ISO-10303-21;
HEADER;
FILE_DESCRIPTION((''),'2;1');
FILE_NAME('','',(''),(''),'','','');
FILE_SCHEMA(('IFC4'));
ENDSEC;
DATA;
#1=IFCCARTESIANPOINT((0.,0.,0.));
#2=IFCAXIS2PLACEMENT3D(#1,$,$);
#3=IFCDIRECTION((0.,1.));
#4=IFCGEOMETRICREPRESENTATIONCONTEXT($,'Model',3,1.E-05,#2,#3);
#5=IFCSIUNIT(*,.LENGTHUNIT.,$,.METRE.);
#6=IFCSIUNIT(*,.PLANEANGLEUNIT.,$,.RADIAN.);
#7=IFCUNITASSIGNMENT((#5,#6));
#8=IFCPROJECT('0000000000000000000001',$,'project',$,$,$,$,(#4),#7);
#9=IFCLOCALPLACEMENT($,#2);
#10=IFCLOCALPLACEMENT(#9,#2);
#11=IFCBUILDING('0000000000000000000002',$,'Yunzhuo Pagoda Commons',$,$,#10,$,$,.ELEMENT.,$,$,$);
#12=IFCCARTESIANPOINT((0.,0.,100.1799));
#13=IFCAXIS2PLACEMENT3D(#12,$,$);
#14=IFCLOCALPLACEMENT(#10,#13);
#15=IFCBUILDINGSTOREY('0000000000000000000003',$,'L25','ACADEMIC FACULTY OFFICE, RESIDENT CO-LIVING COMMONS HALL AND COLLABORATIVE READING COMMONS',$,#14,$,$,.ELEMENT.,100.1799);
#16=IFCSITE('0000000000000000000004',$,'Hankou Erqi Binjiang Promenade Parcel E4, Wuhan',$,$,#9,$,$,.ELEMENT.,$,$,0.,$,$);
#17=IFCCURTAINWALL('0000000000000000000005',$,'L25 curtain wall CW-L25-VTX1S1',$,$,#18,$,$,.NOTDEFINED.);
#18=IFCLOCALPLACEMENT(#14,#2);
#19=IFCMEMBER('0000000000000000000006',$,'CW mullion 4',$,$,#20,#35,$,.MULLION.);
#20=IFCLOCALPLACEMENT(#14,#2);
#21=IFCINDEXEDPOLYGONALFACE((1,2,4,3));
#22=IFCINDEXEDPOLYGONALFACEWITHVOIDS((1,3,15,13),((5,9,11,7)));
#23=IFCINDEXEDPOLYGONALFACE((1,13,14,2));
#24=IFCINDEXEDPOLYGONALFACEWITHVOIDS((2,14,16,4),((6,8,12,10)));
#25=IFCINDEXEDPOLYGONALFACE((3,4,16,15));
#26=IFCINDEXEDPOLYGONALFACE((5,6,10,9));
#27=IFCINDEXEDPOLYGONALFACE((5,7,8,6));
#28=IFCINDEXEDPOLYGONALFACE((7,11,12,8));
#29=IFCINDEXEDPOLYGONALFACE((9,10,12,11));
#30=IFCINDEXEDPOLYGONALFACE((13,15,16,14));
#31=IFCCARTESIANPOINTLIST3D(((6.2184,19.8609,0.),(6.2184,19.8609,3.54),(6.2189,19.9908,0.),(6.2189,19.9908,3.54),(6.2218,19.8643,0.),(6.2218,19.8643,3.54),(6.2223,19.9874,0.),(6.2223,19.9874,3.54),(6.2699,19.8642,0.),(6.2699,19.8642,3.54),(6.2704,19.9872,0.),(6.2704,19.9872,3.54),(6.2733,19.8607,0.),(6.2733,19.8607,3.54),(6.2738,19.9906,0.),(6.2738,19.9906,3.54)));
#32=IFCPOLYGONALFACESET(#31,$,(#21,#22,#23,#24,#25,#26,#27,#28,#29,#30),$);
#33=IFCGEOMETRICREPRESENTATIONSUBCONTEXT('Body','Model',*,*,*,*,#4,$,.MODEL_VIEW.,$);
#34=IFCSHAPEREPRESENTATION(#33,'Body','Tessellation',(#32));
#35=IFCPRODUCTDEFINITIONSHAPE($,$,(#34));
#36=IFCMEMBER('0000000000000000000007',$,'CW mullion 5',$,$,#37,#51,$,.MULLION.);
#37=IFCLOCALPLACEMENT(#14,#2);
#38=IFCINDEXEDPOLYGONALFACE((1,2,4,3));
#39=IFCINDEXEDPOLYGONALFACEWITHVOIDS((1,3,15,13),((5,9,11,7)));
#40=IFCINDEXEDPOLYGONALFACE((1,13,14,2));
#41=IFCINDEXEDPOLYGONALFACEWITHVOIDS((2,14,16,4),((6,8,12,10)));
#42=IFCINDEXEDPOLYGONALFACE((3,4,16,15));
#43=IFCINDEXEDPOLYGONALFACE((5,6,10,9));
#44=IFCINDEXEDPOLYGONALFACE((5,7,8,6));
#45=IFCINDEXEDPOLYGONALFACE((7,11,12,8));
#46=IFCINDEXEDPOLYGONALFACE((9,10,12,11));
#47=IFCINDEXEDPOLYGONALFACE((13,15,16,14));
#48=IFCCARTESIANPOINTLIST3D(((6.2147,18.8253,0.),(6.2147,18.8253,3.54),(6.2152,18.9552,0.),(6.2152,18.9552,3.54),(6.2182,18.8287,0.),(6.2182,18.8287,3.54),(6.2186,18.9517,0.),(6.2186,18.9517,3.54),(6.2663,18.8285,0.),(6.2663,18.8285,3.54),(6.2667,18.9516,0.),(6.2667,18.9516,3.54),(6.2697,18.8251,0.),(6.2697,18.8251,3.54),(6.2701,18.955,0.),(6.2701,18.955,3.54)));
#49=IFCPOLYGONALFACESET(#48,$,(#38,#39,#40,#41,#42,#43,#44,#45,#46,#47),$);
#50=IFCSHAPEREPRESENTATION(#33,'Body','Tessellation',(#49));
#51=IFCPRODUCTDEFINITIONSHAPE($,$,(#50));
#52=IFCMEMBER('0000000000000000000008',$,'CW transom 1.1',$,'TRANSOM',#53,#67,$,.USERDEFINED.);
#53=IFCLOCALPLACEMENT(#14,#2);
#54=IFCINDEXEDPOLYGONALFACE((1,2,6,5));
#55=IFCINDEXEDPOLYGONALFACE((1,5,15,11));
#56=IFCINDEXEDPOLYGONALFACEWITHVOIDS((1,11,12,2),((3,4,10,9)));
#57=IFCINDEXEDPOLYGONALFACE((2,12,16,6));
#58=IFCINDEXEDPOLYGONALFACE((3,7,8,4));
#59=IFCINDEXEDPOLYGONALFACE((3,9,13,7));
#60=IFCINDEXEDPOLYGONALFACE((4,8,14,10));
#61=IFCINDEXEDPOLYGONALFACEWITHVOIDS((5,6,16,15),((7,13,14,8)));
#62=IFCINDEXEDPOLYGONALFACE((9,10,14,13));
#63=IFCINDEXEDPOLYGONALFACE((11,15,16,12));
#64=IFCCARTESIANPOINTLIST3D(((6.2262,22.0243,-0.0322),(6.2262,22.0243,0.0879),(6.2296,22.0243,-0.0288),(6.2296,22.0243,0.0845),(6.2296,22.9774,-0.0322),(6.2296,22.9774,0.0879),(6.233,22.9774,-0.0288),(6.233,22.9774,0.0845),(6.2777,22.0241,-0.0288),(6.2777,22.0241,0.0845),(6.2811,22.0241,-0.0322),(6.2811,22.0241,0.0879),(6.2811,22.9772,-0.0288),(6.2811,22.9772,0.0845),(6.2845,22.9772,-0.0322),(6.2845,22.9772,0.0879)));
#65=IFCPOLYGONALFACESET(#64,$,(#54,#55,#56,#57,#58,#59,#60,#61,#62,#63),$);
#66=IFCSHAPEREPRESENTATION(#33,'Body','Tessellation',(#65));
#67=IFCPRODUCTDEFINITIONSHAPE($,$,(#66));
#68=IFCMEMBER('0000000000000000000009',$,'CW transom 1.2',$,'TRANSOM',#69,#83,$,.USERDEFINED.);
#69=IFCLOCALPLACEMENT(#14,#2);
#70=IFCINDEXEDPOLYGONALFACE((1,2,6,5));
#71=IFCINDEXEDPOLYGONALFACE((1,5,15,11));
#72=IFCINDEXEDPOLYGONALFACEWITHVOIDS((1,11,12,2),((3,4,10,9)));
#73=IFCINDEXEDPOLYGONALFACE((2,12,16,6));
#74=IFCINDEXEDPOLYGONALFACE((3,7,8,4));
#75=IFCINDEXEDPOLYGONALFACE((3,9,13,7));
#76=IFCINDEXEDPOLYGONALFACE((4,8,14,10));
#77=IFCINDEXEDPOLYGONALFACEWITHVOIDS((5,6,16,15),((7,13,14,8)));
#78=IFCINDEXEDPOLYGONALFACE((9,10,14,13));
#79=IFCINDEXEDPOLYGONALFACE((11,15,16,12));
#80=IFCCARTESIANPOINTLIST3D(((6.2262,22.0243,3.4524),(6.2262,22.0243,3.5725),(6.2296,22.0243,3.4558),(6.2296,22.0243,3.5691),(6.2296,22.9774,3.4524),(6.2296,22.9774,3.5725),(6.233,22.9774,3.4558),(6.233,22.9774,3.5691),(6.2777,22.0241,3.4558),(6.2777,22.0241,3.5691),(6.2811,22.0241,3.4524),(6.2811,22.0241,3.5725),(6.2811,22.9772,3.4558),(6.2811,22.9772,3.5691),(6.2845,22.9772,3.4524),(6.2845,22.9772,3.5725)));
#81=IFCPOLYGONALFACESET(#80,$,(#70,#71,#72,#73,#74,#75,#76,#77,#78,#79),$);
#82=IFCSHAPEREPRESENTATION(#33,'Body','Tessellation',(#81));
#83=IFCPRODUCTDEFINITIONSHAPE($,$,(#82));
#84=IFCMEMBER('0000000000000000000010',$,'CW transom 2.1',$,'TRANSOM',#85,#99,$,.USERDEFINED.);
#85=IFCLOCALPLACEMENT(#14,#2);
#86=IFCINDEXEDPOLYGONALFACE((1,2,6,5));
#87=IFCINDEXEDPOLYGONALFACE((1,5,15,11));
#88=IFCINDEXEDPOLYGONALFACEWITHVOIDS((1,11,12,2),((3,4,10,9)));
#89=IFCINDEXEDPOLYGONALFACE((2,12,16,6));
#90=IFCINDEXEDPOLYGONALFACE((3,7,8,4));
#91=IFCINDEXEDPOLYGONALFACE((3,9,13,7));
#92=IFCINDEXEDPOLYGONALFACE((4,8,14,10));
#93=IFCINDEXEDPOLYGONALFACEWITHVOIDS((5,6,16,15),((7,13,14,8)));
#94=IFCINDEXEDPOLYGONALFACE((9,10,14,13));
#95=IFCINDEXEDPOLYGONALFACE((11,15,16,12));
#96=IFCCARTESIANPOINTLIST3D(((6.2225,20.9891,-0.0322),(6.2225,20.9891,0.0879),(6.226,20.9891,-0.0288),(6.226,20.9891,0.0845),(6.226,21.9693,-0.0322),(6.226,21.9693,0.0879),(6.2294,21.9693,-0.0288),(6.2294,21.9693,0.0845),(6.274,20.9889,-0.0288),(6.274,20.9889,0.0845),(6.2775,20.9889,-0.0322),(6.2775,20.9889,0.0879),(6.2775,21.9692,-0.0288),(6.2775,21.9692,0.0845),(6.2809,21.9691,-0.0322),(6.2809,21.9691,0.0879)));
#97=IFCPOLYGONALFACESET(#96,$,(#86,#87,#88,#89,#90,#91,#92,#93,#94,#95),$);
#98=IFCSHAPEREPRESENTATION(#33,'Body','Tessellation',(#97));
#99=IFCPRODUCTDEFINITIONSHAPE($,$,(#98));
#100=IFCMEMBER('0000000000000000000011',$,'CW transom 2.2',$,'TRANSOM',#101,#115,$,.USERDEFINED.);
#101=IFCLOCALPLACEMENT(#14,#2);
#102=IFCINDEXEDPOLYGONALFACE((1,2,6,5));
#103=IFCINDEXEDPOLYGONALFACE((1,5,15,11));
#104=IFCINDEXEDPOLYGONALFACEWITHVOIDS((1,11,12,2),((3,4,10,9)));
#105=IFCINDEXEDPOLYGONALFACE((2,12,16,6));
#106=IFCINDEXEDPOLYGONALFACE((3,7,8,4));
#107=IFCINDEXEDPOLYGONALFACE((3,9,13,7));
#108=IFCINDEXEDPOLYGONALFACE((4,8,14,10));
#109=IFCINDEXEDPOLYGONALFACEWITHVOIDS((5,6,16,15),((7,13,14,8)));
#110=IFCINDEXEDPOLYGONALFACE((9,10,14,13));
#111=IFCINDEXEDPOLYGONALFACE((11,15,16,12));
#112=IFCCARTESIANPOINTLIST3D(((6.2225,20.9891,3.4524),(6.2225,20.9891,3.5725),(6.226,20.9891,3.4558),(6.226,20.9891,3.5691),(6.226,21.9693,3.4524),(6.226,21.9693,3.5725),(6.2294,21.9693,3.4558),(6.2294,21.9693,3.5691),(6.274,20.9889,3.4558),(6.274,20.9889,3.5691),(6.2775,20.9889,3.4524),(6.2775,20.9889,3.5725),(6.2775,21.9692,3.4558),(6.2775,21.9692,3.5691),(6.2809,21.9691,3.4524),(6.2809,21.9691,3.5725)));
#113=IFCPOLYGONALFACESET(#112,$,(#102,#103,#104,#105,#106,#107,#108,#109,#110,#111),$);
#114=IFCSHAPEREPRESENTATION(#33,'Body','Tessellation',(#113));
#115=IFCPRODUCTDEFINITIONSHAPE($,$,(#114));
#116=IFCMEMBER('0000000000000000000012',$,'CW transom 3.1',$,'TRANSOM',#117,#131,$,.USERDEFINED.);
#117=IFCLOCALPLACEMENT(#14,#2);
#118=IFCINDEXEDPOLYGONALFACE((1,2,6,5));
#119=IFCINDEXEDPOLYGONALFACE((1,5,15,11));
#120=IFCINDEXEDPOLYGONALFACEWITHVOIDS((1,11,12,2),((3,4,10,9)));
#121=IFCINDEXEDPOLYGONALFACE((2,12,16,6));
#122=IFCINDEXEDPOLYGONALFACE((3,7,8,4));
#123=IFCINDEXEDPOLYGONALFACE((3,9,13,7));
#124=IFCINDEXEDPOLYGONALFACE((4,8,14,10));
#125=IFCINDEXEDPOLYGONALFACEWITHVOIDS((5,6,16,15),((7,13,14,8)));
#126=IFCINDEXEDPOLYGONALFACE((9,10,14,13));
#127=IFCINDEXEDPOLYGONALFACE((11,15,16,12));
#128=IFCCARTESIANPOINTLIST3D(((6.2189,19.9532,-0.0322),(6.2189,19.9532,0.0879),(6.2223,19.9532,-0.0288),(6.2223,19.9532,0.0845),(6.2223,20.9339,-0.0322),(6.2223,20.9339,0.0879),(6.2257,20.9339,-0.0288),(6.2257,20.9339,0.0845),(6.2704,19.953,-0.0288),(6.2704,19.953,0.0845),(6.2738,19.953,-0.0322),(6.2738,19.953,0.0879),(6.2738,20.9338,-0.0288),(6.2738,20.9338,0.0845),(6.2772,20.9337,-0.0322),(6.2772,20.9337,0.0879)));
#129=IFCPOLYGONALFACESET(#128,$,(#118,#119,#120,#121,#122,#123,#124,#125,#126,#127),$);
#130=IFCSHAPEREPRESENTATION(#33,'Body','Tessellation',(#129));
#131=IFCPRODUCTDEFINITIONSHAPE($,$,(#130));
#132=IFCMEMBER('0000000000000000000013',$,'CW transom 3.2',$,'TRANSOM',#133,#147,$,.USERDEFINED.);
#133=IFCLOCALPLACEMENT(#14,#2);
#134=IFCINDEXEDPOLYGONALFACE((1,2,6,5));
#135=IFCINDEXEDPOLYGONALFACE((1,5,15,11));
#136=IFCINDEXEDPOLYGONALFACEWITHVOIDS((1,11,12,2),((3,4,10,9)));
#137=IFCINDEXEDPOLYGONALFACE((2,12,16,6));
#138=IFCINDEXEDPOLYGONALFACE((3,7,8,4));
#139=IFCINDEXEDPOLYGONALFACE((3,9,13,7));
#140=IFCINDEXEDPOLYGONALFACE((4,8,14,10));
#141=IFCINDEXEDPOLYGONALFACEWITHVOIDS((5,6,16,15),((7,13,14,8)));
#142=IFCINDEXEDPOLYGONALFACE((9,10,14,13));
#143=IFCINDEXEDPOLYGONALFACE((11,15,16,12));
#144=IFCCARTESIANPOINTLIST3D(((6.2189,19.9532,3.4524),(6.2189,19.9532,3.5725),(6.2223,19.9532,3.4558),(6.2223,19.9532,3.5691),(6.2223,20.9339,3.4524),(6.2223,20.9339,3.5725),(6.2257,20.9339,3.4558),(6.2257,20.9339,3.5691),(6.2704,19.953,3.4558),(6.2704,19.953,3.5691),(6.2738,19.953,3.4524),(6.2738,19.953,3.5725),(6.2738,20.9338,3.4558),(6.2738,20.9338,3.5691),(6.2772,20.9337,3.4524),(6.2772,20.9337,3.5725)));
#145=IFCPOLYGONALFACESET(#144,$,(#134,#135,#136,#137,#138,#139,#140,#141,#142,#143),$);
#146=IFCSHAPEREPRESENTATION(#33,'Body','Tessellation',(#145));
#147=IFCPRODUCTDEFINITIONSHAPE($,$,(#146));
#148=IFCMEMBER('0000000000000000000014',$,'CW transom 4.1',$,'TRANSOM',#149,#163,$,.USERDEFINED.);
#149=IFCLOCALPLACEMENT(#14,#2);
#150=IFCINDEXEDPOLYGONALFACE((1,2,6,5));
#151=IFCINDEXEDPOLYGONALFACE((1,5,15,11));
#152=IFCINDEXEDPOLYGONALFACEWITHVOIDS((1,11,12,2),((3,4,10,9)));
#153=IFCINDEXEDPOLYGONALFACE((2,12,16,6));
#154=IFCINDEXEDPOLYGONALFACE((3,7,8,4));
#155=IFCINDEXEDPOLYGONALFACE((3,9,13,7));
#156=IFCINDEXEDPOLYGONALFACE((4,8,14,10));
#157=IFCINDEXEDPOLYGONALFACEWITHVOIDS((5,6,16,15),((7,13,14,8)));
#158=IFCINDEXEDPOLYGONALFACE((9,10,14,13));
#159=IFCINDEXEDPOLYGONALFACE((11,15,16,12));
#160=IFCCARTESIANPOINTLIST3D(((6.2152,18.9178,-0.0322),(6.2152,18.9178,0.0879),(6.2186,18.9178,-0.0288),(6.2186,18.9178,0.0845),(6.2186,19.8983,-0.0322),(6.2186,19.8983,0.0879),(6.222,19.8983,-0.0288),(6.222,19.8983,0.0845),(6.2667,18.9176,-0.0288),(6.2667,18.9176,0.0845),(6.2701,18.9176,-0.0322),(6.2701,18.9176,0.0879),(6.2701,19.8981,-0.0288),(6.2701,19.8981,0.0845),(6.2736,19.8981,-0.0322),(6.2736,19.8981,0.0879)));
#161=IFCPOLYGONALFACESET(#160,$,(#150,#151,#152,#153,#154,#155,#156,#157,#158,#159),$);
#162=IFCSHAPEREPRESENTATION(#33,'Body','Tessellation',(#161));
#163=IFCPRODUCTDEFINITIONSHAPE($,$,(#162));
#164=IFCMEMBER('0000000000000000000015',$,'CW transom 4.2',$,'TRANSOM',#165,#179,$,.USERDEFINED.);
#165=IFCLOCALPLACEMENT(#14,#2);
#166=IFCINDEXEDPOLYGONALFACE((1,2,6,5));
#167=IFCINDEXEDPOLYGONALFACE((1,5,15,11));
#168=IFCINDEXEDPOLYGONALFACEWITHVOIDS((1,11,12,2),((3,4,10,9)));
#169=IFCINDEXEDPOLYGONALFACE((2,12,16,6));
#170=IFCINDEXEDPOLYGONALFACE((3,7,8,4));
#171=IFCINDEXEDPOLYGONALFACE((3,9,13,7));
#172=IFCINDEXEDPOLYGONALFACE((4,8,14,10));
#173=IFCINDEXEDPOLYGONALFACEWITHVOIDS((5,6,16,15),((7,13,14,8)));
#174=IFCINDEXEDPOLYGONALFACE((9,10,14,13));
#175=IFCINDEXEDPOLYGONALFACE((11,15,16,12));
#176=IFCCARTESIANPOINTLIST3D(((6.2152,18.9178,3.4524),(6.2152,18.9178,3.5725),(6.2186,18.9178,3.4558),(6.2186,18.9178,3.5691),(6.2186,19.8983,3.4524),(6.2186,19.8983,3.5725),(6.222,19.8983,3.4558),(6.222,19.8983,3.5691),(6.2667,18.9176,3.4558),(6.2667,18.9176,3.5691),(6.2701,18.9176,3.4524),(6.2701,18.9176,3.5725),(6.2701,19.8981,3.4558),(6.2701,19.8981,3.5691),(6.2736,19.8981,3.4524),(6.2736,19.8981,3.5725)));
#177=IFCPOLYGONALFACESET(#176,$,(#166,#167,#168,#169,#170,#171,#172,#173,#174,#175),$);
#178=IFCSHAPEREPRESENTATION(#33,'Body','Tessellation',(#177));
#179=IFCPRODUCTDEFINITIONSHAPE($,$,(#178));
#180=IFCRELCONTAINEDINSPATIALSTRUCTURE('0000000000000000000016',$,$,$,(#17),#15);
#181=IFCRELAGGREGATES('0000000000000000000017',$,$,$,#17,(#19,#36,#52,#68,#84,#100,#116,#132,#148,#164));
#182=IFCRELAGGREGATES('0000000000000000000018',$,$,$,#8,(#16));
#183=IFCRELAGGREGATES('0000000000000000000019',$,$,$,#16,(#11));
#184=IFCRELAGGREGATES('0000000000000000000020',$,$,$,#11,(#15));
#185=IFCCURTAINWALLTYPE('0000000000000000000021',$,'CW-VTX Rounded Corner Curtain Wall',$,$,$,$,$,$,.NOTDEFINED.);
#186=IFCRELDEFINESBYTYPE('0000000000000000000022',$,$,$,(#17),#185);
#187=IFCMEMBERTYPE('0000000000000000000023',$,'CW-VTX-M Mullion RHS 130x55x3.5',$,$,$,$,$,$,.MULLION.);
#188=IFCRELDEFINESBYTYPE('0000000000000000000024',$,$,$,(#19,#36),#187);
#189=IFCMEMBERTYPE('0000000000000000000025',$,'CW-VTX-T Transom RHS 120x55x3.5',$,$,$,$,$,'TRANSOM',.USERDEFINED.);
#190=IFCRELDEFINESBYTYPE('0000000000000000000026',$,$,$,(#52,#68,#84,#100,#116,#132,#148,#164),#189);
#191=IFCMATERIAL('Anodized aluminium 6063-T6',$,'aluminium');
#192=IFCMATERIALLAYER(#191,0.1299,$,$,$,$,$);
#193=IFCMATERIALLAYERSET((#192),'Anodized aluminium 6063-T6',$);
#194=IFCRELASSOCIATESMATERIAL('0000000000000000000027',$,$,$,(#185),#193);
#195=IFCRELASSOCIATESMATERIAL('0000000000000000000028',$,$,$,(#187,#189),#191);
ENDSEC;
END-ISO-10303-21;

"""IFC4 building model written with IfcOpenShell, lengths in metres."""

from ifc_helpers import new_model, si_unit, direction, frame, origin, origin_2d, place, context, subcontext, project, spatial, hollow_rectangle, extrude, source, transform, mapped, material, layer, layer_set, material_profile, profile_set, type_object, element, aggregate, save


model = new_model("IFC4")

# Units and contexts
model_context = context("Model", 3, precision=1e-05, world=origin(), true_north=direction((0.0, 1.0)))
body_context = subcontext(model_context, "Body", "Model", "MODEL_VIEW")
ifc_project = project(units=[si_unit("LENGTHUNIT", "METRE"), si_unit("PLANEANGLEUNIT", "RADIAN")], contexts=[model_context])

# Site, building, storey
site_placement = place(None, origin())
site = spatial("IfcSite", under=ifc_project, at=site_placement, Name="Hankou Erqi Binjiang Promenade Parcel E4, Wuhan", CompositionType="ELEMENT", RefElevation=0.0)
building_placement = place(site_placement, origin())
building = spatial("IfcBuilding", under=site, at=building_placement, Name="Yunzhuo Pagoda Commons", CompositionType="ELEMENT")
storey_placement = place(building_placement, frame((0.0, 0.0, 100.1799)))
storey = spatial("IfcBuildingStorey", under=building, at=storey_placement, Name="L25", Description="ACADEMIC FACULTY OFFICE, RESIDENT CO-LIVING COMMONS HALL AND COLLABORATIVE READING COMMONS", CompositionType="ELEMENT", Elevation=100.1799)

# Shared definitions
ifc_material_1 = material(Name="Anodized aluminium 6063-T6", Category="aluminium")

# Curtain wall, members
ifc_layer_1 = layer(ifc_material_1, 0.1299)
ifc_layer_set_1 = layer_set([ifc_layer_1], Name="Anodized aluminium 6063-T6")
curtain_wall_type_1 = type_object("IfcCurtainWallType", Name="CW-VTX Rounded Corner Curtain Wall", PredefinedType="NOTDEFINED", material=ifc_layer_set_1)
curtain_wall_1_placement = place(storey_placement, origin())
curtain_wall_1 = element("IfcCurtainWall", 1, at=curtain_wall_1_placement, inside=storey, type_object=curtain_wall_type_1, Name="L25 curtain wall CW-L25-VTX1S1", PredefinedType="NOTDEFINED")
ifc_material_profile_1 = material_profile(ifc_material_1, hollow_rectangle(XDim=0.0549, YDim=0.1299, WallThickness=0.0034, at=origin_2d()), Name="Anodized aluminium 6063-T6")
ifc_profile_set_1 = profile_set([ifc_material_profile_1], Name="Anodized aluminium 6063-T6")
member_type_1 = type_object("IfcMemberType", Name="CW-VTX-M Mullion RHS 130x55x3.5", PredefinedType="MULLION", material=ifc_profile_set_1)
shared_shape_1 = source(origin(), body_context, "Body", "SweptSolid", [
    extrude(hollow_rectangle(XDim=0.0549, YDim=0.1299, WallThickness=0.0034, at=origin_2d()), origin(), (0.0, 0.0, 1.0), 3.54),
])
member_1_placement = place(storey_placement, frame((6.2461, 19.9258, 0.0), z_axis=(0.0, 0.0, 1.0), x_axis=(0.999994, -0.003573, 0.0)))
member_1 = element("IfcMember", 2, at=member_1_placement, type_object=member_type_1, Name="CW mullion 4", PredefinedType="MULLION", context=body_context, shape_type="MappedRepresentation", body=[
    mapped(shared_shape_1, transform((0.0, 0.0, 0.0), scale=1.0)),
])
member_2_placement = place(storey_placement, frame((6.2424, 18.8901, 0.0), z_axis=(0.0, 0.0, 1.0), x_axis=(0.999994, -0.003573, 0.0)))
member_2 = element("IfcMember", 3, at=member_2_placement, type_object=member_type_1, Name="CW mullion 5", PredefinedType="MULLION", context=body_context, shape_type="MappedRepresentation", body=[
    mapped(shared_shape_1, transform((0.0, 0.0, 0.0), scale=1.0)),
])
ifc_material_profile_2 = material_profile(ifc_material_1, hollow_rectangle(XDim=0.0549, YDim=0.1201, WallThickness=0.0034, at=origin_2d()), Name="Anodized aluminium 6063-T6")
ifc_profile_set_2 = profile_set([ifc_material_profile_2], Name="Anodized aluminium 6063-T6")
member_type_2 = type_object("IfcMemberType", Name="CW-VTX-T Transom RHS 120x55x3.5", ElementType="TRANSOM", PredefinedType="USERDEFINED", material=ifc_profile_set_2)
shared_shape_2 = source(origin(), body_context, "Body", "SweptSolid", [
    extrude(hollow_rectangle(XDim=0.0549, YDim=0.1201, WallThickness=0.0034, at=origin_2d()), origin(), (0.0, 0.0, 1.0), 0.9531),
])
member_3_placement = place(storey_placement, frame((6.2571, 22.9773, 0.0278), z_axis=(-0.003586, -0.999994, 0.0), x_axis=(0.999994, -0.003586, 0.0)))
member_3 = element("IfcMember", 4, at=member_3_placement, type_object=member_type_2, Name="CW transom 1.1", ObjectType="TRANSOM", PredefinedType="USERDEFINED", context=body_context, shape_type="MappedRepresentation", body=[
    mapped(shared_shape_2, transform((0.0, 0.0, 0.0), scale=1.0)),
])
member_4_placement = place(storey_placement, frame((6.2571, 22.9773, 3.5125), z_axis=(-0.003586, -0.999994, 0.0), x_axis=(0.999994, -0.003586, 0.0)))
member_4 = element("IfcMember", 5, at=member_4_placement, type_object=member_type_2, Name="CW transom 1.2", ObjectType="TRANSOM", PredefinedType="USERDEFINED", context=body_context, shape_type="MappedRepresentation", body=[
    mapped(shared_shape_2, transform((0.0, 0.0, 0.0), scale=1.0)),
])
shared_shape_3 = source(origin(), body_context, "Body", "SweptSolid", [
    extrude(hollow_rectangle(XDim=0.0549, YDim=0.1201, WallThickness=0.0034, at=origin_2d()), origin(), (0.0, 0.0, 1.0), 0.9802),
])
member_5_placement = place(storey_placement, frame((6.2534, 21.9692, 0.0278), z_axis=(-0.003487, -0.999994, 0.0), x_axis=(0.999994, -0.003487, 0.0)))
member_5 = element("IfcMember", 6, at=member_5_placement, type_object=member_type_2, Name="CW transom 2.1", ObjectType="TRANSOM", PredefinedType="USERDEFINED", context=body_context, shape_type="MappedRepresentation", body=[
    mapped(shared_shape_3, transform((0.0, 0.0, 0.0), scale=1.0)),
])
member_6_placement = place(storey_placement, frame((6.2534, 21.9692, 3.5125), z_axis=(-0.003487, -0.999994, 0.0), x_axis=(0.999994, -0.003487, 0.0)))
member_6 = element("IfcMember", 7, at=member_6_placement, type_object=member_type_2, Name="CW transom 2.2", ObjectType="TRANSOM", PredefinedType="USERDEFINED", context=body_context, shape_type="MappedRepresentation", body=[
    mapped(shared_shape_3, transform((0.0, 0.0, 0.0), scale=1.0)),
])
shared_shape_4 = source(origin(), body_context, "Body", "SweptSolid", [
    extrude(hollow_rectangle(XDim=0.0549, YDim=0.1201, WallThickness=0.0034, at=origin_2d()), origin(), (0.0, 0.0, 1.0), 0.9807),
])
member_7_placement = place(storey_placement, frame((6.2498, 20.9338, 0.0278), z_axis=(-0.003485, -0.999994, 0.0), x_axis=(0.999994, -0.003485, 0.0)))
member_7 = element("IfcMember", 8, at=member_7_placement, type_object=member_type_2, Name="CW transom 3.1", ObjectType="TRANSOM", PredefinedType="USERDEFINED", context=body_context, shape_type="MappedRepresentation", body=[
    mapped(shared_shape_4, transform((0.0, 0.0, 0.0), scale=1.0)),
])
member_8_placement = place(storey_placement, frame((6.2498, 20.9338, 3.5125), z_axis=(-0.003485, -0.999994, 0.0), x_axis=(0.999994, -0.003485, 0.0)))
member_8 = element("IfcMember", 9, at=member_8_placement, type_object=member_type_2, Name="CW transom 3.2", ObjectType="TRANSOM", PredefinedType="USERDEFINED", context=body_context, shape_type="MappedRepresentation", body=[
    mapped(shared_shape_4, transform((0.0, 0.0, 0.0), scale=1.0)),
])
shared_shape_5 = source(origin(), body_context, "Body", "SweptSolid", [
    extrude(hollow_rectangle(XDim=0.0549, YDim=0.1201, WallThickness=0.0034, at=origin_2d()), origin(), (0.0, 0.0, 1.0), 0.9805),
])
member_9_placement = place(storey_placement, frame((6.2461, 19.8982, 0.0278), z_axis=(-0.003486, -0.999994, 0.0), x_axis=(0.999994, -0.003486, 0.0)))
member_9 = element("IfcMember", 10, at=member_9_placement, type_object=member_type_2, Name="CW transom 4.1", ObjectType="TRANSOM", PredefinedType="USERDEFINED", context=body_context, shape_type="MappedRepresentation", body=[
    mapped(shared_shape_5, transform((0.0, 0.0, 0.0), scale=1.0)),
])
member_10_placement = place(storey_placement, frame((6.2461, 19.8982, 3.5125), z_axis=(-0.003486, -0.999994, 0.0), x_axis=(0.999994, -0.003486, 0.0)))
member_10 = element("IfcMember", 11, at=member_10_placement, type_object=member_type_2, Name="CW transom 4.2", ObjectType="TRANSOM", PredefinedType="USERDEFINED", context=body_context, shape_type="MappedRepresentation", body=[
    mapped(shared_shape_5, transform((0.0, 0.0, 0.0), scale=1.0)),
])

aggregate(curtain_wall_1, [member_1, member_2, member_3, member_4, member_5, member_6, member_7, member_8, member_9, member_10])

save(model, "model.ifc")
